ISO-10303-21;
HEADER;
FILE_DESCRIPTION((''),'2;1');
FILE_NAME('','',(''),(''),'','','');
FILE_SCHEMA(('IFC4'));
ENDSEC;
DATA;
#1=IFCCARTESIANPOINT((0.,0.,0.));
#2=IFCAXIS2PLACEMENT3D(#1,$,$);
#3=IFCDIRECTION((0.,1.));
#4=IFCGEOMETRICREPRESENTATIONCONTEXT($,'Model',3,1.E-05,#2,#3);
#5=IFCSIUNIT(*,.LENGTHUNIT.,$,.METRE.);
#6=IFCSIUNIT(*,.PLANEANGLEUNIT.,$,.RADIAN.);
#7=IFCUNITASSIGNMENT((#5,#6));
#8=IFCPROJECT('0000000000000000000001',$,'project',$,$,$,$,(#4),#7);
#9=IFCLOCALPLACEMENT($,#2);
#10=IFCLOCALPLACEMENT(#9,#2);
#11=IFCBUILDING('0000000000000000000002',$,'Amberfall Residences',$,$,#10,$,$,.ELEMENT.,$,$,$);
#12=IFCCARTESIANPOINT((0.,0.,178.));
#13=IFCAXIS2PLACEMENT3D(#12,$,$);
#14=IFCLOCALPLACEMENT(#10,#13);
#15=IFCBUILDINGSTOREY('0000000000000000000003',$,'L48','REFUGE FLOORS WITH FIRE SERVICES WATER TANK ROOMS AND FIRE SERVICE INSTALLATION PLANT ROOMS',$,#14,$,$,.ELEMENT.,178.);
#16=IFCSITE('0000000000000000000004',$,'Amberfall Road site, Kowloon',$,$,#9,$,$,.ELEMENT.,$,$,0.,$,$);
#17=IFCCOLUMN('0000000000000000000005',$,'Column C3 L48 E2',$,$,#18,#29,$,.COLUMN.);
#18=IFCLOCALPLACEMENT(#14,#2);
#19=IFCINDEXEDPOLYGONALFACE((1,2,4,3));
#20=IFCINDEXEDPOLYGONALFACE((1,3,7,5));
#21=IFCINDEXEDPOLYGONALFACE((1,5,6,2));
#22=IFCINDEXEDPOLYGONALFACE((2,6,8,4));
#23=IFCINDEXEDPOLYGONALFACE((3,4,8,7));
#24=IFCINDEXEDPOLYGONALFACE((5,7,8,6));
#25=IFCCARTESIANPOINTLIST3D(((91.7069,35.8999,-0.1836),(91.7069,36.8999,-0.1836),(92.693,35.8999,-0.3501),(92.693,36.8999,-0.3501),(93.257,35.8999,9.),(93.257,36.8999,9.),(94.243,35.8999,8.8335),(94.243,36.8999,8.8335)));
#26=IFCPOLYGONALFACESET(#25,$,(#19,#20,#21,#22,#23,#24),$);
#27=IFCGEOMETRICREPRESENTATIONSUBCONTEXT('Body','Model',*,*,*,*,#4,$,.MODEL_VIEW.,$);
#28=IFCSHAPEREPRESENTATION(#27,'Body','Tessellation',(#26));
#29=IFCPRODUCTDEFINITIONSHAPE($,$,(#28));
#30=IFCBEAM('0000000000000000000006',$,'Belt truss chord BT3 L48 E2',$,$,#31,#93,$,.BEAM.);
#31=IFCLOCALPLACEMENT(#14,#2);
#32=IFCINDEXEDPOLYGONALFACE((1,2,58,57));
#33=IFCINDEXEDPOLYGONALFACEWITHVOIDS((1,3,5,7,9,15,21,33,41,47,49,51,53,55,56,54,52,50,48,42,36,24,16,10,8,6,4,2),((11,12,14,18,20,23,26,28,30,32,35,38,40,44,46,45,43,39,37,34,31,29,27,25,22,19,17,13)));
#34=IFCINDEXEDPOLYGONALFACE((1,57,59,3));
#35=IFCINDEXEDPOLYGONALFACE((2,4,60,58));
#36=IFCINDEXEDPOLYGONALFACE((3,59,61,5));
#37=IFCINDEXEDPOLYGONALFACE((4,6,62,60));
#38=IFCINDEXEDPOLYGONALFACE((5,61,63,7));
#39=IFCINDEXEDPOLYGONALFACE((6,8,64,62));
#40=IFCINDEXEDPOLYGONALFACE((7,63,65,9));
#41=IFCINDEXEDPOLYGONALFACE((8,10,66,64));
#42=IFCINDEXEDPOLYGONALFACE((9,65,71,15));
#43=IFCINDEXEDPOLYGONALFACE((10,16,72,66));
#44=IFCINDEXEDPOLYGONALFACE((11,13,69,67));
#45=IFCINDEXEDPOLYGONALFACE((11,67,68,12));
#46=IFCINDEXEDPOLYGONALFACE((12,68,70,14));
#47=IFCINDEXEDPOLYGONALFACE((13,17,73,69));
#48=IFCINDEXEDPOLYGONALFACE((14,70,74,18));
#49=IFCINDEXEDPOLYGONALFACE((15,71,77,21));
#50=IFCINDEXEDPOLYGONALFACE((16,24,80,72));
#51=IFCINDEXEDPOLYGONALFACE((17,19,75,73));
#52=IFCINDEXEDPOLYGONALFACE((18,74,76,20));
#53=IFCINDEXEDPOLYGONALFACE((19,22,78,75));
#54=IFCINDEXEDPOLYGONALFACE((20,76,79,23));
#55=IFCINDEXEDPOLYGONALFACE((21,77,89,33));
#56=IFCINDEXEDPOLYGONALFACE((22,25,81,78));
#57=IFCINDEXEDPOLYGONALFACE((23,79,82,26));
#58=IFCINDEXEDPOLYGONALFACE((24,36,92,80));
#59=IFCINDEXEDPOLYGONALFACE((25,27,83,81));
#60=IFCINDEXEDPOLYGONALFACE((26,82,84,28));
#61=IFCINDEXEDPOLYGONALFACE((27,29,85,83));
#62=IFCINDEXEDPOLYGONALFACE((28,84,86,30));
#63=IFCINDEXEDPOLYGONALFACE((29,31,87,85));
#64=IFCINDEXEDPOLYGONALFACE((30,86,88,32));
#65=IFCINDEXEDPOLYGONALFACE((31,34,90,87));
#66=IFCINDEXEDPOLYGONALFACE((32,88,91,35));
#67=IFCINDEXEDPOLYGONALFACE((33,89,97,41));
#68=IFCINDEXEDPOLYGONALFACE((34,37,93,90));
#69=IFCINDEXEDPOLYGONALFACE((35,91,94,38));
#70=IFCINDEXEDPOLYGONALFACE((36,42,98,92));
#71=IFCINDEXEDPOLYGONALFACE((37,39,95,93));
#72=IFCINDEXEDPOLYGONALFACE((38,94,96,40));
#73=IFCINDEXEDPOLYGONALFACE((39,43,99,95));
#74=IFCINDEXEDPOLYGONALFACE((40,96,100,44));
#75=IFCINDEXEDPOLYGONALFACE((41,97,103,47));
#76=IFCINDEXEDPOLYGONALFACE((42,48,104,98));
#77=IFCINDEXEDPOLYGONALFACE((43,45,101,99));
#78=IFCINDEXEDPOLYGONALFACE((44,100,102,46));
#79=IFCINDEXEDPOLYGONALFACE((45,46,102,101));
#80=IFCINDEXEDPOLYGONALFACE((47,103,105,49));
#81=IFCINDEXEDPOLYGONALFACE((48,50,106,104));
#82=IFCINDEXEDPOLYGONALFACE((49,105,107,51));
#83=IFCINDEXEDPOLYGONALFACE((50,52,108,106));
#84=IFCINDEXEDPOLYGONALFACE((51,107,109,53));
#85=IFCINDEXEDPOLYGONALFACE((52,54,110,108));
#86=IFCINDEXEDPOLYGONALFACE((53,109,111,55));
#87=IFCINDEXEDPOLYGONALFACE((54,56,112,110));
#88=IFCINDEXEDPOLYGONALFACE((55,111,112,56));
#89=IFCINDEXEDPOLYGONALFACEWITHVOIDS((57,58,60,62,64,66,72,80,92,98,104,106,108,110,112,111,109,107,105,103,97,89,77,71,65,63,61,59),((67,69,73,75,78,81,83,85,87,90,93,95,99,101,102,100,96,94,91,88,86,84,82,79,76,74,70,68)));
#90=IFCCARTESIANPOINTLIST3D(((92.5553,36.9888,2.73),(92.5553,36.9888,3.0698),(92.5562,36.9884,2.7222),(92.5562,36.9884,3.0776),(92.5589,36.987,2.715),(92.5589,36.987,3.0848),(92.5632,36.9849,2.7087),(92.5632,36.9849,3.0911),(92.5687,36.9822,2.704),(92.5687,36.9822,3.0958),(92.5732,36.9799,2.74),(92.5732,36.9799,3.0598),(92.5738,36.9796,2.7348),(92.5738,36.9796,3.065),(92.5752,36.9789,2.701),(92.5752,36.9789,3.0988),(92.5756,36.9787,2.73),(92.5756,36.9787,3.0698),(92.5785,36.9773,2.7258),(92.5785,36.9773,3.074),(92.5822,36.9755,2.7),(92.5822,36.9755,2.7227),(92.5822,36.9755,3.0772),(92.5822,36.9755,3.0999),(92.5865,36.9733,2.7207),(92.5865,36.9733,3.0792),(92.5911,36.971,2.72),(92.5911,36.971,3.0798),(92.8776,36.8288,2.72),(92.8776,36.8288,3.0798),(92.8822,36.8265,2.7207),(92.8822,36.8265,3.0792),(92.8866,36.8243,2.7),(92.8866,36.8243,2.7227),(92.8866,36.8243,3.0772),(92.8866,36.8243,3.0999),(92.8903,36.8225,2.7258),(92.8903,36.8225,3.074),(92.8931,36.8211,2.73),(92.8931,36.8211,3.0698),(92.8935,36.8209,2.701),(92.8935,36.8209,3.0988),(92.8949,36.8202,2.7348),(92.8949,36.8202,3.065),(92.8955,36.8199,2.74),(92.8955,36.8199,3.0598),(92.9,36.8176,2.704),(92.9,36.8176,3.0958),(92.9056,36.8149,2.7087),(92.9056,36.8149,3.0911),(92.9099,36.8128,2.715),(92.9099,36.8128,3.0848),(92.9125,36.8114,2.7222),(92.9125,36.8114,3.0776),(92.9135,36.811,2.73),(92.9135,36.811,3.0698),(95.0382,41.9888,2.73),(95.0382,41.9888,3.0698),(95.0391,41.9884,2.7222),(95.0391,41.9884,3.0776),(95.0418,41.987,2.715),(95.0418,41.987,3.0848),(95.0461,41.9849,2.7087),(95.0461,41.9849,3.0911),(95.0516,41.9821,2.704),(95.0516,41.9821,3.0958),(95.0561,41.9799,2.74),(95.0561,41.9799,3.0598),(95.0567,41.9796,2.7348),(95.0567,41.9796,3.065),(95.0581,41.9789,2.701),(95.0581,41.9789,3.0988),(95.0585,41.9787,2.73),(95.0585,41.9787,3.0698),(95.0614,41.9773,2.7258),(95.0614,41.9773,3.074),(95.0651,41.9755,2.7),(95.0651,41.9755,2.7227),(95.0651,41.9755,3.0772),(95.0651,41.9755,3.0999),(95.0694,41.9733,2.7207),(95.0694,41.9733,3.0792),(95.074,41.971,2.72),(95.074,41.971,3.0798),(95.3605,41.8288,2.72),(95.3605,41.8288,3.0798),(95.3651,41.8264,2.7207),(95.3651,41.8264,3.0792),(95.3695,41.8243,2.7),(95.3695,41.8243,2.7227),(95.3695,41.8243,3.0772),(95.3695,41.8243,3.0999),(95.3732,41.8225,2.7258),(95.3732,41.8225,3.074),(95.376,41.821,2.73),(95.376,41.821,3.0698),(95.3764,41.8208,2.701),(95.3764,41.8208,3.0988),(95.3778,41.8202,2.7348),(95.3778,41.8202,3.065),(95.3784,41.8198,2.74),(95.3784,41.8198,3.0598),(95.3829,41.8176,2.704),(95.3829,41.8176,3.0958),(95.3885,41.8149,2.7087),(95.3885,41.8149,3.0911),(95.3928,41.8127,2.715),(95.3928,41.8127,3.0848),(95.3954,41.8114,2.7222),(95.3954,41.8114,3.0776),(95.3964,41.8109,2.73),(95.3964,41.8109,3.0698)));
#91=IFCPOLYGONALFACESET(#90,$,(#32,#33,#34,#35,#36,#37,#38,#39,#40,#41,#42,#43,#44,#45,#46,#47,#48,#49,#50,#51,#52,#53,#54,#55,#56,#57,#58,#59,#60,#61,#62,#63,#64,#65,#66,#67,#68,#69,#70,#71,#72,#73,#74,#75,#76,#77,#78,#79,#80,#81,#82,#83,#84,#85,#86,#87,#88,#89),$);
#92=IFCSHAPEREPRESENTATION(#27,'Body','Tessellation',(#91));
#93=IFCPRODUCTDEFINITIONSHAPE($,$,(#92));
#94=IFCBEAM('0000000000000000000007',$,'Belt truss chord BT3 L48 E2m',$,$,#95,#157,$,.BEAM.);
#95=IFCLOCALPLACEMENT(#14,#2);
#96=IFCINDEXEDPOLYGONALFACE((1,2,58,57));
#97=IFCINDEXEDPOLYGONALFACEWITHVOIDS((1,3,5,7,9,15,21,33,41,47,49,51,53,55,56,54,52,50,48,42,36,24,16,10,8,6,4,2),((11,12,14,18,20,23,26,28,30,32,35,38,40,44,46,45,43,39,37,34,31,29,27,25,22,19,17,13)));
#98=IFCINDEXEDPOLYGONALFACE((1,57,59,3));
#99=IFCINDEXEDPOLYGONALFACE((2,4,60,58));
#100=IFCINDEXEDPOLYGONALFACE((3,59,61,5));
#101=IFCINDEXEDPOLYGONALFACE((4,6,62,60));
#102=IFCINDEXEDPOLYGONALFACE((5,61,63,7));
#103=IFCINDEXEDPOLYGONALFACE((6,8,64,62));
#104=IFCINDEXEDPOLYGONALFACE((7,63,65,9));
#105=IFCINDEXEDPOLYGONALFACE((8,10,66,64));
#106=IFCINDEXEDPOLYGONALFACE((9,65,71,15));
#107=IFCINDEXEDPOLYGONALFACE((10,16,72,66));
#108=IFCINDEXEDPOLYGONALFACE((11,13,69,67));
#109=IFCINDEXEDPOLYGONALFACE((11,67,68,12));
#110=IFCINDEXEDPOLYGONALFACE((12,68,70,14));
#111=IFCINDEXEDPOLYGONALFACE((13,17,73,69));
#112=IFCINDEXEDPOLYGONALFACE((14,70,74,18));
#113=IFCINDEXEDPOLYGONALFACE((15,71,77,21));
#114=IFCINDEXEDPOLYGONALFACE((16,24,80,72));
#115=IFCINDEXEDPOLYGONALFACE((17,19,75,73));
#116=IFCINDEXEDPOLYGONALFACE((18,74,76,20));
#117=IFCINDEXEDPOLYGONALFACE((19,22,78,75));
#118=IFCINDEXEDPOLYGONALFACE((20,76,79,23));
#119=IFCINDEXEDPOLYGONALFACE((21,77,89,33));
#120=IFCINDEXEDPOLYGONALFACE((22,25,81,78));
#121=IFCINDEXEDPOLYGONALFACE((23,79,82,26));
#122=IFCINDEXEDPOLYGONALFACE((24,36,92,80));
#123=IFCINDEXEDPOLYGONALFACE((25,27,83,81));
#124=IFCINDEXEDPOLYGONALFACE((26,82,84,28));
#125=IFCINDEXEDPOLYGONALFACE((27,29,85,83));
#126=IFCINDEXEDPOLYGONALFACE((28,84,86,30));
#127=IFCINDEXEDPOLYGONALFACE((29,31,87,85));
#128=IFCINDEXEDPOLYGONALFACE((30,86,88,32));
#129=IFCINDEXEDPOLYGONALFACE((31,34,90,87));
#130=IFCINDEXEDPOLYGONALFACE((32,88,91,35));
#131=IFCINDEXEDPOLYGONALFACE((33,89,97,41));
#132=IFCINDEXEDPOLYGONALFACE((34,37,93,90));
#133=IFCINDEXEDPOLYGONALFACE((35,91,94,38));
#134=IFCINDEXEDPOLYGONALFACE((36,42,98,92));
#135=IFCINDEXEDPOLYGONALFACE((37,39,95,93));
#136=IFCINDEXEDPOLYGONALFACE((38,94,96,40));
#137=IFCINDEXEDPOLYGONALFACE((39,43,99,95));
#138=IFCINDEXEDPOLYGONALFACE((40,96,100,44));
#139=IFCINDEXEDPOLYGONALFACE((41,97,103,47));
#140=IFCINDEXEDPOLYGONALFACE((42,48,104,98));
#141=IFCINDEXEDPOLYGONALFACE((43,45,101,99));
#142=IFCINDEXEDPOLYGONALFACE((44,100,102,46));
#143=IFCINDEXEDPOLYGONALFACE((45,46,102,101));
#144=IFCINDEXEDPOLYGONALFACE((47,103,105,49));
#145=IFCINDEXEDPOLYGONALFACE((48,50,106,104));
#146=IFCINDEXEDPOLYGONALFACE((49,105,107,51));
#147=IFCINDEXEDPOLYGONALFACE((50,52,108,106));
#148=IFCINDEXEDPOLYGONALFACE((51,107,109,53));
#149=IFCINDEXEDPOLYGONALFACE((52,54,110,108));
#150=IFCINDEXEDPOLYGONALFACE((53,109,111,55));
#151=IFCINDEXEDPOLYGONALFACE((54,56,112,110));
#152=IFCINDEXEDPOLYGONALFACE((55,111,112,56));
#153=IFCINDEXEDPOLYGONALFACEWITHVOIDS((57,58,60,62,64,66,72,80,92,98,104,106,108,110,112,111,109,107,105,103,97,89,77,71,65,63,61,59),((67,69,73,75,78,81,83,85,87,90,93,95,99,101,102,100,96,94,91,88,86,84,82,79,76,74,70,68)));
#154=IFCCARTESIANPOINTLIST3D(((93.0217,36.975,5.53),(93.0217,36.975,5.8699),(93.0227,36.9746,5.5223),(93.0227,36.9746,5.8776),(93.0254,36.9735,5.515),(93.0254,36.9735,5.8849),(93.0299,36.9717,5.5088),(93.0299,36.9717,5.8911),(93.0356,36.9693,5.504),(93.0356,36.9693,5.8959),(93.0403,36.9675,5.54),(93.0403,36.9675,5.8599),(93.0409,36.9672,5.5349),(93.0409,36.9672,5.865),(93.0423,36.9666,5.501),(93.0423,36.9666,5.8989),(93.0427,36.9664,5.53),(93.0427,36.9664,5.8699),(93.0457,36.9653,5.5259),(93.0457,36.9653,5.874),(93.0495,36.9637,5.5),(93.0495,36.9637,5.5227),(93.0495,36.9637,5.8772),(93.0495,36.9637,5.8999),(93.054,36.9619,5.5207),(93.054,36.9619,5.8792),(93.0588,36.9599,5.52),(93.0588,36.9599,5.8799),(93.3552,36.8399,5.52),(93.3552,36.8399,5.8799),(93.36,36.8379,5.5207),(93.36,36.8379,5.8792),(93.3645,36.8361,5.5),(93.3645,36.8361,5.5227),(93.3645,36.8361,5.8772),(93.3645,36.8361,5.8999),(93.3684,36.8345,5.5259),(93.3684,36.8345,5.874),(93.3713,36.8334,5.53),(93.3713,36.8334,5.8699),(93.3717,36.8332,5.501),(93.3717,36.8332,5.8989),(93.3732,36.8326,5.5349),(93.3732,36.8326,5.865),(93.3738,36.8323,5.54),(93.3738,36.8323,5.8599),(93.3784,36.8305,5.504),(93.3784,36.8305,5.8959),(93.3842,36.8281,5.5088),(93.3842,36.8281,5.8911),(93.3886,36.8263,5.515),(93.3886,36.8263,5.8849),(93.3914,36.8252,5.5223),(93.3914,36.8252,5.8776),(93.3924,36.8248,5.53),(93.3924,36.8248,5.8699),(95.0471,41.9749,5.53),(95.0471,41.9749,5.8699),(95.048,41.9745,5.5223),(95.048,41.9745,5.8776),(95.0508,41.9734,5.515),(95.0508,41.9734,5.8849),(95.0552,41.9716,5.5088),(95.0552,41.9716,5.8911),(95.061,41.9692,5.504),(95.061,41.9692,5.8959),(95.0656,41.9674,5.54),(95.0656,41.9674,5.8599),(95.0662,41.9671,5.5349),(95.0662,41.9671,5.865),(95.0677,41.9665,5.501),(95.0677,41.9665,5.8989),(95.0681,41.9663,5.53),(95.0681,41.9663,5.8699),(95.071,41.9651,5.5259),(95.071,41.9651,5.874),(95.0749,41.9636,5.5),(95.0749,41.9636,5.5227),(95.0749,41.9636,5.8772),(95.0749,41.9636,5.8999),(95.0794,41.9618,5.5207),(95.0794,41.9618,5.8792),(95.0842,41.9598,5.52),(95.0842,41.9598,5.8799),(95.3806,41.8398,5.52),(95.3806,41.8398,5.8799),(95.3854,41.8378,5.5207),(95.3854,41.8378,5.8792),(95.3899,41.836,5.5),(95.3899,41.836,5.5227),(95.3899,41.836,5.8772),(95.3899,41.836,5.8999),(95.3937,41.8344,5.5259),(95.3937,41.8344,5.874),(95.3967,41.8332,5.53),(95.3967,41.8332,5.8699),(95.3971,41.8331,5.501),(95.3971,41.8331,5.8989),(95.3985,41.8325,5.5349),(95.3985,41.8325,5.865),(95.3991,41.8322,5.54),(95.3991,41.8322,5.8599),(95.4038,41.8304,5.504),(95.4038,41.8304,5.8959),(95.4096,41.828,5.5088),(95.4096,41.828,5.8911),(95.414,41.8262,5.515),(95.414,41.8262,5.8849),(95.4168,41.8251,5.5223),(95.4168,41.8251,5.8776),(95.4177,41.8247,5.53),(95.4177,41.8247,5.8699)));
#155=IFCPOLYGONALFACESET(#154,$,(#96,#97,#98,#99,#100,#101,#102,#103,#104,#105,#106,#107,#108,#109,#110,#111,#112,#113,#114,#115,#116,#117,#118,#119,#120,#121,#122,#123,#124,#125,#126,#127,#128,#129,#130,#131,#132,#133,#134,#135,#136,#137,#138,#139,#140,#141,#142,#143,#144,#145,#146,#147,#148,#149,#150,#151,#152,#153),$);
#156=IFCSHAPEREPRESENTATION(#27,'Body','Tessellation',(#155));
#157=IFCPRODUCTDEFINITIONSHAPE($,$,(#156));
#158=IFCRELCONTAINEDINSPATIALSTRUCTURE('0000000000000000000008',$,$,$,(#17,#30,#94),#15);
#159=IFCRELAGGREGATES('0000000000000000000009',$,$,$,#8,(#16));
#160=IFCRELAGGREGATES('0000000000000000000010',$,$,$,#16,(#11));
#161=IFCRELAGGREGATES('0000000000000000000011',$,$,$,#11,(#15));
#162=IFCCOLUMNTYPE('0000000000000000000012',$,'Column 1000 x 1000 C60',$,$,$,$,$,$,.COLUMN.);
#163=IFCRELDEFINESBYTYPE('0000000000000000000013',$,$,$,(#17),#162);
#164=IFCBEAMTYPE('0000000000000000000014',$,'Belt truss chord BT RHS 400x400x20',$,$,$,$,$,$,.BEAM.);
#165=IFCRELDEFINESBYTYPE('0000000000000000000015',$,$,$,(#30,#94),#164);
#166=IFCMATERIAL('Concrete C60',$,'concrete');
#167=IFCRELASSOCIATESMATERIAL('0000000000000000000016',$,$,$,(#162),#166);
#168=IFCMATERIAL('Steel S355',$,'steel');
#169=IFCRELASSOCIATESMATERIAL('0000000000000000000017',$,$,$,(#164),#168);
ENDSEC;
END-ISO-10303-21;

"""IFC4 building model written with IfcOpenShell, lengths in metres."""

from ifc_helpers import new_model, si_unit, direction, frame, origin, origin_2d, place, context, subcontext, project, spatial, rectangle, hollow_rectangle, extrude, material, material_profile, profile_set, type_object, element, save


model = new_model("IFC4")

# Units and contexts
model_context = context("Model", 3, precision=1e-05, world=origin(), true_north=direction((0.0, 1.0)))
body_context = subcontext(model_context, "Body", "Model", "MODEL_VIEW")
ifc_project = project(units=[si_unit("LENGTHUNIT", "METRE"), si_unit("PLANEANGLEUNIT", "RADIAN")], contexts=[model_context])

# Site, building, storey
site_placement = place(None, origin())
site = spatial("IfcSite", under=ifc_project, at=site_placement, Name="Amberfall Road site, Kowloon", CompositionType="ELEMENT", RefElevation=0.0)
building_placement = place(site_placement, origin())
building = spatial("IfcBuilding", under=site, at=building_placement, Name="Amberfall Residences", CompositionType="ELEMENT")
storey_placement = place(building_placement, frame((0.0, 0.0, 178.0)))
storey = spatial("IfcBuildingStorey", under=building, at=storey_placement, Name="L48", Description="REFUGE FLOORS WITH FIRE SERVICES WATER TANK ROOMS AND FIRE SERVICE INSTALLATION PLANT ROOMS", CompositionType="ELEMENT", Elevation=178.0)

# Column
ifc_material_1 = material(Name="Concrete C60", Category="concrete")
ifc_material_profile_1 = material_profile(ifc_material_1, rectangle(XDim=1.0, YDim=1.0, at=origin_2d()), Name="Column 1000 x 1000 C60")
ifc_profile_set_1 = profile_set([ifc_material_profile_1], Name="Concrete C60")
column_type = type_object("IfcColumnType", Name="Column 1000 x 1000 C60", PredefinedType="COLUMN", material=ifc_profile_set_1)
column_placement = place(storey_placement, frame((92.2, 36.3999, -0.2668), z_axis=(0.166431, 0.0, 0.986053), x_axis=(0.0, 1.0, 0.0)))
element("IfcColumn", 1, at=column_placement, inside=storey, type_object=column_type, Name="Column C3 L48 E2", PredefinedType="COLUMN", context=body_context, shape_type="SweptSolid", body=[
    extrude(rectangle(XDim=1.0, YDim=1.0, at=origin_2d()), origin(), (0.0, 0.0, 1.0), 9.3135),
])

# Beams
ifc_material_2 = material(Name="Steel S355", Category="steel")
ifc_material_profile_2 = material_profile(ifc_material_2, hollow_rectangle(XDim=0.3999, YDim=0.3999, WallThickness=0.02, InnerFilletRadius=0.02, OuterFilletRadius=0.03, at=origin_2d()), Name="RHS 400x400x20")
ifc_profile_set_2 = profile_set([ifc_material_profile_2], Name="Steel S355")
beam_type_1 = type_object("IfcBeamType", Name="Belt truss chord BT RHS 400x400x20", PredefinedType="BEAM", material=ifc_profile_set_2)
beam_1_placement = place(storey_placement, frame((92.7344, 36.8999, 2.8999), z_axis=(0.444763, 0.895648, 0.0), x_axis=(-0.895648, 0.444763, 0.0)))
element("IfcBeam", 2, at=beam_1_placement, inside=storey, type_object=beam_type_1, Name="Belt truss chord BT3 L48 E2", PredefinedType="BEAM", context=body_context, shape_type="SweptSolid", body=[
    extrude(hollow_rectangle(XDim=0.3999, YDim=0.3999, WallThickness=0.02, InnerFilletRadius=0.02, OuterFilletRadius=0.03, at=origin_2d()), origin(), (0.0, 0.0, 1.0), 5.5825),
])
beam_2_placement = place(storey_placement, frame((93.207, 36.8999, 5.7), z_axis=(0.375445, 0.926845, 0.0), x_axis=(-0.926845, 0.375445, 0.0)))
element("IfcBeam", 3, at=beam_2_placement, inside=storey, type_object=beam_type_1, Name="Belt truss chord BT3 L48 E2m", PredefinedType="BEAM", context=body_context, shape_type="SweptSolid", body=[
    extrude(hollow_rectangle(XDim=0.3999, YDim=0.3999, WallThickness=0.02, InnerFilletRadius=0.02, OuterFilletRadius=0.03, at=origin_2d()), origin(), (0.0, 0.0, 1.0), 5.3945),
])

save(model, "model.ifc")
